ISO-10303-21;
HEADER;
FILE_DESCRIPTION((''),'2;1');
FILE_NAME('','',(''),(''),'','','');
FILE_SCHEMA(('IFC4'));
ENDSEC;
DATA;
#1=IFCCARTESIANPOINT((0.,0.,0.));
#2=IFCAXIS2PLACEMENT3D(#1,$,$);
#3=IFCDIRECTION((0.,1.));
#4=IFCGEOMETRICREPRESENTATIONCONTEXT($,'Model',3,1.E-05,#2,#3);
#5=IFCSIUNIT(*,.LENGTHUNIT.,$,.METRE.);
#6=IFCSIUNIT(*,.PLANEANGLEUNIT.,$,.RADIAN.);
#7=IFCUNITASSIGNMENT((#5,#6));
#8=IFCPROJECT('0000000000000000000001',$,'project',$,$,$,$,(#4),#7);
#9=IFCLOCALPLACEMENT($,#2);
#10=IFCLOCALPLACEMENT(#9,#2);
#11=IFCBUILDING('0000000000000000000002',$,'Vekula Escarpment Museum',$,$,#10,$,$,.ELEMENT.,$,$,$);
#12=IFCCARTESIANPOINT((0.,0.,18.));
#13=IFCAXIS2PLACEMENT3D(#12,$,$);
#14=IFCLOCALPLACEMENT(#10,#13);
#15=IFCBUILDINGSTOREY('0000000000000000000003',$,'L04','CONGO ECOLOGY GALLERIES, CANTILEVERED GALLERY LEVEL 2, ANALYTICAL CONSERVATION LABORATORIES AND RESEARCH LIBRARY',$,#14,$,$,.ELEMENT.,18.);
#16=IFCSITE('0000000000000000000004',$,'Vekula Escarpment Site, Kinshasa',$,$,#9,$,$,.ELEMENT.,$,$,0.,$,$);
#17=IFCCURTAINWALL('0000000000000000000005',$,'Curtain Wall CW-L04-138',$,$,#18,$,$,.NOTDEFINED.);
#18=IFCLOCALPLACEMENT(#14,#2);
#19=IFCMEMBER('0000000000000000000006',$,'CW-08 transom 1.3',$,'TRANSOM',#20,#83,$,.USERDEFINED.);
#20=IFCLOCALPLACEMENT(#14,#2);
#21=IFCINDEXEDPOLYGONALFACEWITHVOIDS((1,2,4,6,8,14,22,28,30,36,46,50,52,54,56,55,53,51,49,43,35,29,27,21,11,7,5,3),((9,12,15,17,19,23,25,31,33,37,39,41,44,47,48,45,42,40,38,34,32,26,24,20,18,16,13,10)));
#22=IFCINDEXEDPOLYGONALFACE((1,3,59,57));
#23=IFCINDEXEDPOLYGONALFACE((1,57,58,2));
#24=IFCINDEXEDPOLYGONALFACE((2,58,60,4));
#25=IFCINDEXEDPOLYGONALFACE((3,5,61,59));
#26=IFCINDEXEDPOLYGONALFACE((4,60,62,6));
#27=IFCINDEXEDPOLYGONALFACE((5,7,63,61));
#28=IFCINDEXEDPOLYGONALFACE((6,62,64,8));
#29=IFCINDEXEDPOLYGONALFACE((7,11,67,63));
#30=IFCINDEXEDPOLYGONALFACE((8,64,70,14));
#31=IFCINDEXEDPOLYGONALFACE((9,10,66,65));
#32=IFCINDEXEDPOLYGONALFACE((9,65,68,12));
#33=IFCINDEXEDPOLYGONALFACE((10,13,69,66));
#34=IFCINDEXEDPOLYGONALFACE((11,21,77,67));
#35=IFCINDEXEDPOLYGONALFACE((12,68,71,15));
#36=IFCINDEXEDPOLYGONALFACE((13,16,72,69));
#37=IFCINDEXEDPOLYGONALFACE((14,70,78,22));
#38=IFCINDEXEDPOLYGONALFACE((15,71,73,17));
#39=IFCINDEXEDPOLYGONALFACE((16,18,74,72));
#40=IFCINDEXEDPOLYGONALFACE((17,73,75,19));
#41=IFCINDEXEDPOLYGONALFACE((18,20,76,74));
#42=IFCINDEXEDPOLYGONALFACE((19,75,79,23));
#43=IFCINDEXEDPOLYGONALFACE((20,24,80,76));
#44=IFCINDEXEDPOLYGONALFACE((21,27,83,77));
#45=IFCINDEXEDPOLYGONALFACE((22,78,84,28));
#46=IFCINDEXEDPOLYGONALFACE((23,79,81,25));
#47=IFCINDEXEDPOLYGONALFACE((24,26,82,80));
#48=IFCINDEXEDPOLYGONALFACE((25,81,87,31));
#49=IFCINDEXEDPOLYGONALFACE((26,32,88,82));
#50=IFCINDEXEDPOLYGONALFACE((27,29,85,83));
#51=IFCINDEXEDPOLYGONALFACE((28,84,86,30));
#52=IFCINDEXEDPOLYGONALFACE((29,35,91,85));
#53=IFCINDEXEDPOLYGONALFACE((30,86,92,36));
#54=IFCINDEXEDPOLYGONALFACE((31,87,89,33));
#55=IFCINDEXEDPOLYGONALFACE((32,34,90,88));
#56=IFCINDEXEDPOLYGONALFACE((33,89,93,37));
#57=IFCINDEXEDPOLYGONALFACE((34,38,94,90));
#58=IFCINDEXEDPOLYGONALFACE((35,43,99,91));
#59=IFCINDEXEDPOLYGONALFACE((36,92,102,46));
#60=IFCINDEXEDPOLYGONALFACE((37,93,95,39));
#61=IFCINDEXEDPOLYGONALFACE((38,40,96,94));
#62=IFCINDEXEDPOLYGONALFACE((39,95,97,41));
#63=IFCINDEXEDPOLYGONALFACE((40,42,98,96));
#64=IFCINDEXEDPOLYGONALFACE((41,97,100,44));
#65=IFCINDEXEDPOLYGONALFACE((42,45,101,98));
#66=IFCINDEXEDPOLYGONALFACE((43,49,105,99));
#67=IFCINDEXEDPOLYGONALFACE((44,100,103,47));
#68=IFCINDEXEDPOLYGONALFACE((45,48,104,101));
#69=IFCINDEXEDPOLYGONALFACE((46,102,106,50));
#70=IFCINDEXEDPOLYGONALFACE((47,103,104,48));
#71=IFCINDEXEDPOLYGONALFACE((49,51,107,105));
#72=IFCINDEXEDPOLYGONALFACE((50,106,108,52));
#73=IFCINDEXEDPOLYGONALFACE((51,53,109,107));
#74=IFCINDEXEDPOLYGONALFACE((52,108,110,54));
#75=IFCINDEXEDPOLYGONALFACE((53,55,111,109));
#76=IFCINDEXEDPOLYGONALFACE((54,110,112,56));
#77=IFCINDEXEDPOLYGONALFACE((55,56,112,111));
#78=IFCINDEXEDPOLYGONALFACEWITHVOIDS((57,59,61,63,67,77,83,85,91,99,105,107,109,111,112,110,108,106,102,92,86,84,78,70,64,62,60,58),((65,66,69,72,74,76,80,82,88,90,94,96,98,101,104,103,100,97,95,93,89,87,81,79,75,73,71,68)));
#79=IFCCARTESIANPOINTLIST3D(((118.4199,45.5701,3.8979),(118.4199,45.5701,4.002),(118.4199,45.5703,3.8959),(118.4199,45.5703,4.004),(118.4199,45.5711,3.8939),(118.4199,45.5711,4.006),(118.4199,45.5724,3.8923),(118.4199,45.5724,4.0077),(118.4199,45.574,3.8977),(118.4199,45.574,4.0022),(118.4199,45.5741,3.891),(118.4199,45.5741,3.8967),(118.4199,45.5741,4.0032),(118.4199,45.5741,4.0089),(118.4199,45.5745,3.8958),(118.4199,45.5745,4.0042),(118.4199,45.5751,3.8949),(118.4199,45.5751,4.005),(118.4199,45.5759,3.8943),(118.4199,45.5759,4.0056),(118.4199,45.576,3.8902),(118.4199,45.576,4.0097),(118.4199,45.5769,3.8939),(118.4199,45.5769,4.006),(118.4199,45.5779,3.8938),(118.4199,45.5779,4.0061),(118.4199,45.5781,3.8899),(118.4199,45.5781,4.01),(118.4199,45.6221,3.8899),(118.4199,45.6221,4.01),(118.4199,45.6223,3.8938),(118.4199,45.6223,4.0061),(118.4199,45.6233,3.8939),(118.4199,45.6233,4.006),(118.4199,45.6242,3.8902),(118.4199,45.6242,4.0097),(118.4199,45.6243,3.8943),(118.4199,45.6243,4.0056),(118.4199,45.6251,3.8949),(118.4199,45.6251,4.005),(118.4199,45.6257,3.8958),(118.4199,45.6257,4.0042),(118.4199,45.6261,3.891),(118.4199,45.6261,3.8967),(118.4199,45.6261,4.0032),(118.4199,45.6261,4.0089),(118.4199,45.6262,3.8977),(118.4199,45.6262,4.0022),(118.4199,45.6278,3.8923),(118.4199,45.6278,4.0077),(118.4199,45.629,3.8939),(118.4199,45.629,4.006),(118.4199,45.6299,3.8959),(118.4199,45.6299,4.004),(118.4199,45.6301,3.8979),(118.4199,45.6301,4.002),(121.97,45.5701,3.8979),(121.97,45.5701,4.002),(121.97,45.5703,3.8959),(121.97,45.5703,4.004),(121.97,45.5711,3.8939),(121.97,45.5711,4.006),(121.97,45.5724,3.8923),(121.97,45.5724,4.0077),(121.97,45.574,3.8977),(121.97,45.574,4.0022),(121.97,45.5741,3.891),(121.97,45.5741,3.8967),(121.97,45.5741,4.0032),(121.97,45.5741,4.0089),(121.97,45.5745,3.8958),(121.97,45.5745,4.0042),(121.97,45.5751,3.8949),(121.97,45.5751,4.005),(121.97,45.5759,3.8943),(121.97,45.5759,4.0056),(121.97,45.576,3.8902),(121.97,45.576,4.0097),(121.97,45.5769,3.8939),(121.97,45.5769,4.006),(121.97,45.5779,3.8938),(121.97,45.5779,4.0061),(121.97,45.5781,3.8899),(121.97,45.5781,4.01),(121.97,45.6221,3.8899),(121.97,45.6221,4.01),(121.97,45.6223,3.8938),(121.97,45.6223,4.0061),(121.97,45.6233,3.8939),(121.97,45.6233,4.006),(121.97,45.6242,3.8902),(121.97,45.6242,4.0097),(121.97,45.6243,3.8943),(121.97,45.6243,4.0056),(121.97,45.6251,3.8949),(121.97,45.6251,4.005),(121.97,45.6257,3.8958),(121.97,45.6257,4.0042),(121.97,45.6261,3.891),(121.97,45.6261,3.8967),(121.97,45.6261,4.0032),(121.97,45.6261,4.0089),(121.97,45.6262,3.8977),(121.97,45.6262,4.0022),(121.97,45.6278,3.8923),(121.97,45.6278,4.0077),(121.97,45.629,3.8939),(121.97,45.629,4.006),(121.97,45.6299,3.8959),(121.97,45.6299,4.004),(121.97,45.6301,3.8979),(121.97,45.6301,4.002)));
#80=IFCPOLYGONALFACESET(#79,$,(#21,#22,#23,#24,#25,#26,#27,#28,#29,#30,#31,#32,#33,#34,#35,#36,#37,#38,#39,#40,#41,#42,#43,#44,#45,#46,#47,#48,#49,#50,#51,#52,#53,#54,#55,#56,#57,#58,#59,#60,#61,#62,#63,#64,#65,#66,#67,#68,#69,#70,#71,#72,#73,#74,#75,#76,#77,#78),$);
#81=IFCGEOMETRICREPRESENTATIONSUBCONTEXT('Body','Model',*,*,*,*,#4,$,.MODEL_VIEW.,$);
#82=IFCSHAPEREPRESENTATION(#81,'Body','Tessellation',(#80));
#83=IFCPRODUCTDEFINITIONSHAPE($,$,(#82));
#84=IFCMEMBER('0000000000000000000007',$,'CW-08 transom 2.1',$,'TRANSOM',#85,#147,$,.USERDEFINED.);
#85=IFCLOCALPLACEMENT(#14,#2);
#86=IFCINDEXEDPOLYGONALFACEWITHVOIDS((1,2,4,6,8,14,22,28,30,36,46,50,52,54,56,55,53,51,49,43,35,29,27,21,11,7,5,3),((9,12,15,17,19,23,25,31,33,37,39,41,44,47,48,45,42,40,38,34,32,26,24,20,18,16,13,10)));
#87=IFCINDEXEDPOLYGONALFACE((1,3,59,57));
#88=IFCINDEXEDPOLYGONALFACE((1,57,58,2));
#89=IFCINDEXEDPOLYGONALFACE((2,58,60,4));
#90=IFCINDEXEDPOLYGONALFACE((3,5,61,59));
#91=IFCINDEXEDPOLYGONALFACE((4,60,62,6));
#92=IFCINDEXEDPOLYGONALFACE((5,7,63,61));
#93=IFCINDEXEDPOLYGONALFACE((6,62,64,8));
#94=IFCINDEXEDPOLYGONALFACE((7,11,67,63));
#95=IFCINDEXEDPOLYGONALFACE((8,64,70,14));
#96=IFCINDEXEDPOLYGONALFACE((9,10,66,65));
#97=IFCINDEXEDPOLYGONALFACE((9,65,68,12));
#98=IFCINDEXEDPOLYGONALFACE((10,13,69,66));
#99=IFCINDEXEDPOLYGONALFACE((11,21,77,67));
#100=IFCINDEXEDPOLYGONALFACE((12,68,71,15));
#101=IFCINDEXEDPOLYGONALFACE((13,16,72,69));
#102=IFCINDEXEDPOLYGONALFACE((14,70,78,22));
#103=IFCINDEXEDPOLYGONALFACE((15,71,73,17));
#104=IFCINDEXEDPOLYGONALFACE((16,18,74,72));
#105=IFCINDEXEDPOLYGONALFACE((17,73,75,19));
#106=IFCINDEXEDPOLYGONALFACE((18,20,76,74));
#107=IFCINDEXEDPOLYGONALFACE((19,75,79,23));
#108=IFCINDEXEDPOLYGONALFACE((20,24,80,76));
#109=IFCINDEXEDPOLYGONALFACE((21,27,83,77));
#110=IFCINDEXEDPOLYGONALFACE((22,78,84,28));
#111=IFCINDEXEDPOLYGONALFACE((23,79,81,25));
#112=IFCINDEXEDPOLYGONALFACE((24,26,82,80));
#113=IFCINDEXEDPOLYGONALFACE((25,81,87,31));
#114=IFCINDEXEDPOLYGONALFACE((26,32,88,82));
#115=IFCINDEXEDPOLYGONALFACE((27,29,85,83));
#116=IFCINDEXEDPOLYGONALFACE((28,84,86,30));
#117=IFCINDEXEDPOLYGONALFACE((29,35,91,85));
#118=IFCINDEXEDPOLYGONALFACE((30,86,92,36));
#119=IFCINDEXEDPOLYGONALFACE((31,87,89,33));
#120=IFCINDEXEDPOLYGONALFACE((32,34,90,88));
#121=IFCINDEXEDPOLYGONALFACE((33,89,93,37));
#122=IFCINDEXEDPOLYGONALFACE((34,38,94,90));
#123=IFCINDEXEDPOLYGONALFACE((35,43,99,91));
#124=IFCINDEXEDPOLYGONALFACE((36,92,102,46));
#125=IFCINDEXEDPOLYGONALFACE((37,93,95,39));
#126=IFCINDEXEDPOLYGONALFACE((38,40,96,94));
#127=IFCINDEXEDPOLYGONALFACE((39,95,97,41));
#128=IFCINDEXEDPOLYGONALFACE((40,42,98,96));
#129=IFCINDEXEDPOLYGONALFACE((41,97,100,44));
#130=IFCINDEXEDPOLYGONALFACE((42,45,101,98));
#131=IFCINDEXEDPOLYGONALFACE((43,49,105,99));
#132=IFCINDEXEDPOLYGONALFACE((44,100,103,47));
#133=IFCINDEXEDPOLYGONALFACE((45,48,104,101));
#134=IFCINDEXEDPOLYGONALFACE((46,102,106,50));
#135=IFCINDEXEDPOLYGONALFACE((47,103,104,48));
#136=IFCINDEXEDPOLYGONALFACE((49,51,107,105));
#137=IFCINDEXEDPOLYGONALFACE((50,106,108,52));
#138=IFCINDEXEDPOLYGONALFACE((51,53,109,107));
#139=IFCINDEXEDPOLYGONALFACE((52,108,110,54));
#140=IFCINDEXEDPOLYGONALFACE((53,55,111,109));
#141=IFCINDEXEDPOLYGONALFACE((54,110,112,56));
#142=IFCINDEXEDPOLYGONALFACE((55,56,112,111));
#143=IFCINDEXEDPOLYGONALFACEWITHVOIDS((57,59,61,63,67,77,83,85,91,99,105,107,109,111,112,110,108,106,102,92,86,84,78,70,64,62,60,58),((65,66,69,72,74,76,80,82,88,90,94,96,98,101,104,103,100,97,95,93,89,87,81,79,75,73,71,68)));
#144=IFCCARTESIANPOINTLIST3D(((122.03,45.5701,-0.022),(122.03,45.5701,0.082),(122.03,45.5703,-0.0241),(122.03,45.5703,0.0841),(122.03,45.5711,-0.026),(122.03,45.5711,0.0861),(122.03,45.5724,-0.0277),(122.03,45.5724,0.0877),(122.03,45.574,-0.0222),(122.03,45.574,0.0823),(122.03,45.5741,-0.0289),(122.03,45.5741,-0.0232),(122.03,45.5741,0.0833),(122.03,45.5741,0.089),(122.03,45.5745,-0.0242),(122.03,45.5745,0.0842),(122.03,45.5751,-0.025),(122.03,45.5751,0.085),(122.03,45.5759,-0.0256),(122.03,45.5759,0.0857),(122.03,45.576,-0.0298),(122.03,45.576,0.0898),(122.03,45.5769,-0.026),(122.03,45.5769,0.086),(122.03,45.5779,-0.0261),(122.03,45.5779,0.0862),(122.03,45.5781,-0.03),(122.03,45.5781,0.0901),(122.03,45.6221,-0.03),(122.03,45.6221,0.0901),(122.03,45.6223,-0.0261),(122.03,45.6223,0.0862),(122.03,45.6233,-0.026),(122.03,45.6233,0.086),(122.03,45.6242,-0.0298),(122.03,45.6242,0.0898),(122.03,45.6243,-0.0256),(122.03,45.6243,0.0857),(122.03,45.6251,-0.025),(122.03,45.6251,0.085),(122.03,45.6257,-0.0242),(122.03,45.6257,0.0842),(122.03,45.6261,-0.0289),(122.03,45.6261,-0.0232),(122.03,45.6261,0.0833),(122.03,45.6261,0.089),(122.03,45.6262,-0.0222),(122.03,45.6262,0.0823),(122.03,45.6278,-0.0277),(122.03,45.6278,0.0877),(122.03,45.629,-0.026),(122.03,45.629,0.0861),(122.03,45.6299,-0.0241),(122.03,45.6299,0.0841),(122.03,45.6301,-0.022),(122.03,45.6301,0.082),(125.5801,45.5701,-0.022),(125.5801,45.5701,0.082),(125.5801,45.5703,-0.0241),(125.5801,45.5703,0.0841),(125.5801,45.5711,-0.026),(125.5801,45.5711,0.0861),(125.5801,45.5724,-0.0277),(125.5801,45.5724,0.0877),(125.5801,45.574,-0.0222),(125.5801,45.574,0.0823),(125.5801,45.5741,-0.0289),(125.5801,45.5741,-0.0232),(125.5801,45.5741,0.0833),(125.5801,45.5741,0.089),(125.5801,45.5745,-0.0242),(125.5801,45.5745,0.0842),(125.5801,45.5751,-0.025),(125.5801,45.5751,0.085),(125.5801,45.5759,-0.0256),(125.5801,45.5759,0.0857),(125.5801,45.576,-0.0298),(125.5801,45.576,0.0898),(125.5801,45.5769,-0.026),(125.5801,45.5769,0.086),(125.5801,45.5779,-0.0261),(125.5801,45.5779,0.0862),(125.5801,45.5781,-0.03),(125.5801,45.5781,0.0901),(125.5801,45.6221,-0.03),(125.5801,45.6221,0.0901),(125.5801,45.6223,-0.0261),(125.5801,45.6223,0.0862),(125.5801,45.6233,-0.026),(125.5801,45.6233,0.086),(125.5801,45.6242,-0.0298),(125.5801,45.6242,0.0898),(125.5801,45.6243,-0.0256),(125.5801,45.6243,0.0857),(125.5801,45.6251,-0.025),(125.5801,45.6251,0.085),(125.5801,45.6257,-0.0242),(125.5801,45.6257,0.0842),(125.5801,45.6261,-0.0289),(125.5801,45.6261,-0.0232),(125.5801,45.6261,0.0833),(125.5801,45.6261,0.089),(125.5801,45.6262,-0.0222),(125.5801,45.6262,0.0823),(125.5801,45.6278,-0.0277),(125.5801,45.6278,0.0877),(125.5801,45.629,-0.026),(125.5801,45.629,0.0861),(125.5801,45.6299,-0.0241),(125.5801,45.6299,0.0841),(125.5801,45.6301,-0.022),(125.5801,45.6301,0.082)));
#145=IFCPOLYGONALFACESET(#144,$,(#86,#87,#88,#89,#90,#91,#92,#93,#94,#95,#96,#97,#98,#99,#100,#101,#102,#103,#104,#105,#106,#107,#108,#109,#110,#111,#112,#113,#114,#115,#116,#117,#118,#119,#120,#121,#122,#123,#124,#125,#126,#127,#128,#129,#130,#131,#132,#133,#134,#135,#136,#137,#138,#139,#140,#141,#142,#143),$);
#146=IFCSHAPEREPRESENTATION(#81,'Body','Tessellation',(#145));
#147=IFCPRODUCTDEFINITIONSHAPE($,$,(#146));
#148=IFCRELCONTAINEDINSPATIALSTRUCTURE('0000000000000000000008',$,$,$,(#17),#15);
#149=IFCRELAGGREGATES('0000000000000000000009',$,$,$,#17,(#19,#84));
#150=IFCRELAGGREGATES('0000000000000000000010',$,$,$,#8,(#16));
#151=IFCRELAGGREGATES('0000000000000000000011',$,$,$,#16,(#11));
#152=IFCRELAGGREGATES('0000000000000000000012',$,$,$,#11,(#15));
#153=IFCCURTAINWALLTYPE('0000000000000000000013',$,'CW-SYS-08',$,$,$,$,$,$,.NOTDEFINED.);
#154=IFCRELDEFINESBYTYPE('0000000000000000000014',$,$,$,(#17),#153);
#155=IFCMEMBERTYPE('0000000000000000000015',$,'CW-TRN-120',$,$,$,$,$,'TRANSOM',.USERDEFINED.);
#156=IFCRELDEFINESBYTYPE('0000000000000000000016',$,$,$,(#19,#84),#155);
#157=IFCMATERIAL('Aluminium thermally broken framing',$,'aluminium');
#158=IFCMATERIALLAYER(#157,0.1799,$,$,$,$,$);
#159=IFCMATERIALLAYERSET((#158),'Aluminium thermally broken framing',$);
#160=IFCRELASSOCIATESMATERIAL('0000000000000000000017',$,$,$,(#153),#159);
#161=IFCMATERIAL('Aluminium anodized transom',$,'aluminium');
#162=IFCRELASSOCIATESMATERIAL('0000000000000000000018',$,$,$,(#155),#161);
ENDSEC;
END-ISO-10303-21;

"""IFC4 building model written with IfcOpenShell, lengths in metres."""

from ifc_helpers import new_model, si_unit, direction, frame, origin, origin_2d, place, context, subcontext, project, spatial, hollow_rectangle, extrude, material, layer, layer_set, material_profile, profile_set, type_object, element, aggregate, save


model = new_model("IFC4")

# Units and contexts
model_context = context("Model", 3, precision=1e-05, world=origin(), true_north=direction((0.0, 1.0)))
body_context = subcontext(model_context, "Body", "Model", "MODEL_VIEW")
ifc_project = project(units=[si_unit("LENGTHUNIT", "METRE"), si_unit("PLANEANGLEUNIT", "RADIAN")], contexts=[model_context])

# Site, building, storey
site_placement = place(None, origin())
site = spatial("IfcSite", under=ifc_project, at=site_placement, Name="Vekula Escarpment Site, Kinshasa", CompositionType="ELEMENT", RefElevation=0.0)
building_placement = place(site_placement, origin())
building = spatial("IfcBuilding", under=site, at=building_placement, Name="Vekula Escarpment Museum", CompositionType="ELEMENT")
storey_placement = place(building_placement, frame((0.0, 0.0, 18.0)))
storey = spatial("IfcBuildingStorey", under=building, at=storey_placement, Name="L04", Description="CONGO ECOLOGY GALLERIES, CANTILEVERED GALLERY LEVEL 2, ANALYTICAL CONSERVATION LABORATORIES AND RESEARCH LIBRARY", CompositionType="ELEMENT", Elevation=18.0)

# Curtain wall, members
ifc_material_1 = material(Name="Aluminium thermally broken framing", Category="aluminium")
ifc_layer_1 = layer(ifc_material_1, 0.1799)
ifc_layer_set_1 = layer_set([ifc_layer_1], Name="Aluminium thermally broken framing")
curtain_wall_type = type_object("IfcCurtainWallType", Name="CW-SYS-08", PredefinedType="NOTDEFINED", material=ifc_layer_set_1)
curtain_wall_placement = place(storey_placement, origin())
curtain_wall = element("IfcCurtainWall", 1, at=curtain_wall_placement, inside=storey, type_object=curtain_wall_type, Name="Curtain Wall CW-L04-138", PredefinedType="NOTDEFINED")
ifc_material_2 = material(Name="Aluminium anodized transom", Category="aluminium")
ifc_material_profile_1 = material_profile(ifc_material_2, hollow_rectangle(XDim=0.0601, YDim=0.1201, WallThickness=0.0039, InnerFilletRadius=0.0039, OuterFilletRadius=0.0081, at=origin_2d()), Name="ALU 120x60x4")
ifc_profile_set_1 = profile_set([ifc_material_profile_1], Name="Aluminium anodized transom")
member_type_1 = type_object("IfcMemberType", Name="CW-TRN-120", ElementType="TRANSOM", PredefinedType="USERDEFINED", material=ifc_profile_set_1)
member_1_placement = place(storey_placement, frame((118.4199, 45.6001, 3.95), z_axis=(1.0, 0.0, 0.0), x_axis=(0.0, 1.0, 0.0)))
member_1 = element("IfcMember", 2, at=member_1_placement, type_object=member_type_1, Name="CW-08 transom 1.3", ObjectType="TRANSOM", PredefinedType="USERDEFINED", context=body_context, shape_type="SweptSolid", body=[
    extrude(hollow_rectangle(XDim=0.0601, YDim=0.1201, WallThickness=0.0039, InnerFilletRadius=0.0039, OuterFilletRadius=0.0081, at=origin_2d()), origin(), (0.0, 0.0, 1.0), 3.55),
])
member_2_placement = place(storey_placement, frame((122.03, 45.6001, 0.03), z_axis=(1.0, 0.0, 0.0), x_axis=(0.0, 1.0, 0.0)))
member_2 = element("IfcMember", 3, at=member_2_placement, type_object=member_type_1, Name="CW-08 transom 2.1", ObjectType="TRANSOM", PredefinedType="USERDEFINED", context=body_context, shape_type="SweptSolid", body=[
    extrude(hollow_rectangle(XDim=0.0601, YDim=0.1201, WallThickness=0.0039, InnerFilletRadius=0.0039, OuterFilletRadius=0.0081, at=origin_2d()), origin(), (0.0, 0.0, 1.0), 3.55),
])
aggregate(curtain_wall, [member_1, member_2])

save(model, "model.ifc")
